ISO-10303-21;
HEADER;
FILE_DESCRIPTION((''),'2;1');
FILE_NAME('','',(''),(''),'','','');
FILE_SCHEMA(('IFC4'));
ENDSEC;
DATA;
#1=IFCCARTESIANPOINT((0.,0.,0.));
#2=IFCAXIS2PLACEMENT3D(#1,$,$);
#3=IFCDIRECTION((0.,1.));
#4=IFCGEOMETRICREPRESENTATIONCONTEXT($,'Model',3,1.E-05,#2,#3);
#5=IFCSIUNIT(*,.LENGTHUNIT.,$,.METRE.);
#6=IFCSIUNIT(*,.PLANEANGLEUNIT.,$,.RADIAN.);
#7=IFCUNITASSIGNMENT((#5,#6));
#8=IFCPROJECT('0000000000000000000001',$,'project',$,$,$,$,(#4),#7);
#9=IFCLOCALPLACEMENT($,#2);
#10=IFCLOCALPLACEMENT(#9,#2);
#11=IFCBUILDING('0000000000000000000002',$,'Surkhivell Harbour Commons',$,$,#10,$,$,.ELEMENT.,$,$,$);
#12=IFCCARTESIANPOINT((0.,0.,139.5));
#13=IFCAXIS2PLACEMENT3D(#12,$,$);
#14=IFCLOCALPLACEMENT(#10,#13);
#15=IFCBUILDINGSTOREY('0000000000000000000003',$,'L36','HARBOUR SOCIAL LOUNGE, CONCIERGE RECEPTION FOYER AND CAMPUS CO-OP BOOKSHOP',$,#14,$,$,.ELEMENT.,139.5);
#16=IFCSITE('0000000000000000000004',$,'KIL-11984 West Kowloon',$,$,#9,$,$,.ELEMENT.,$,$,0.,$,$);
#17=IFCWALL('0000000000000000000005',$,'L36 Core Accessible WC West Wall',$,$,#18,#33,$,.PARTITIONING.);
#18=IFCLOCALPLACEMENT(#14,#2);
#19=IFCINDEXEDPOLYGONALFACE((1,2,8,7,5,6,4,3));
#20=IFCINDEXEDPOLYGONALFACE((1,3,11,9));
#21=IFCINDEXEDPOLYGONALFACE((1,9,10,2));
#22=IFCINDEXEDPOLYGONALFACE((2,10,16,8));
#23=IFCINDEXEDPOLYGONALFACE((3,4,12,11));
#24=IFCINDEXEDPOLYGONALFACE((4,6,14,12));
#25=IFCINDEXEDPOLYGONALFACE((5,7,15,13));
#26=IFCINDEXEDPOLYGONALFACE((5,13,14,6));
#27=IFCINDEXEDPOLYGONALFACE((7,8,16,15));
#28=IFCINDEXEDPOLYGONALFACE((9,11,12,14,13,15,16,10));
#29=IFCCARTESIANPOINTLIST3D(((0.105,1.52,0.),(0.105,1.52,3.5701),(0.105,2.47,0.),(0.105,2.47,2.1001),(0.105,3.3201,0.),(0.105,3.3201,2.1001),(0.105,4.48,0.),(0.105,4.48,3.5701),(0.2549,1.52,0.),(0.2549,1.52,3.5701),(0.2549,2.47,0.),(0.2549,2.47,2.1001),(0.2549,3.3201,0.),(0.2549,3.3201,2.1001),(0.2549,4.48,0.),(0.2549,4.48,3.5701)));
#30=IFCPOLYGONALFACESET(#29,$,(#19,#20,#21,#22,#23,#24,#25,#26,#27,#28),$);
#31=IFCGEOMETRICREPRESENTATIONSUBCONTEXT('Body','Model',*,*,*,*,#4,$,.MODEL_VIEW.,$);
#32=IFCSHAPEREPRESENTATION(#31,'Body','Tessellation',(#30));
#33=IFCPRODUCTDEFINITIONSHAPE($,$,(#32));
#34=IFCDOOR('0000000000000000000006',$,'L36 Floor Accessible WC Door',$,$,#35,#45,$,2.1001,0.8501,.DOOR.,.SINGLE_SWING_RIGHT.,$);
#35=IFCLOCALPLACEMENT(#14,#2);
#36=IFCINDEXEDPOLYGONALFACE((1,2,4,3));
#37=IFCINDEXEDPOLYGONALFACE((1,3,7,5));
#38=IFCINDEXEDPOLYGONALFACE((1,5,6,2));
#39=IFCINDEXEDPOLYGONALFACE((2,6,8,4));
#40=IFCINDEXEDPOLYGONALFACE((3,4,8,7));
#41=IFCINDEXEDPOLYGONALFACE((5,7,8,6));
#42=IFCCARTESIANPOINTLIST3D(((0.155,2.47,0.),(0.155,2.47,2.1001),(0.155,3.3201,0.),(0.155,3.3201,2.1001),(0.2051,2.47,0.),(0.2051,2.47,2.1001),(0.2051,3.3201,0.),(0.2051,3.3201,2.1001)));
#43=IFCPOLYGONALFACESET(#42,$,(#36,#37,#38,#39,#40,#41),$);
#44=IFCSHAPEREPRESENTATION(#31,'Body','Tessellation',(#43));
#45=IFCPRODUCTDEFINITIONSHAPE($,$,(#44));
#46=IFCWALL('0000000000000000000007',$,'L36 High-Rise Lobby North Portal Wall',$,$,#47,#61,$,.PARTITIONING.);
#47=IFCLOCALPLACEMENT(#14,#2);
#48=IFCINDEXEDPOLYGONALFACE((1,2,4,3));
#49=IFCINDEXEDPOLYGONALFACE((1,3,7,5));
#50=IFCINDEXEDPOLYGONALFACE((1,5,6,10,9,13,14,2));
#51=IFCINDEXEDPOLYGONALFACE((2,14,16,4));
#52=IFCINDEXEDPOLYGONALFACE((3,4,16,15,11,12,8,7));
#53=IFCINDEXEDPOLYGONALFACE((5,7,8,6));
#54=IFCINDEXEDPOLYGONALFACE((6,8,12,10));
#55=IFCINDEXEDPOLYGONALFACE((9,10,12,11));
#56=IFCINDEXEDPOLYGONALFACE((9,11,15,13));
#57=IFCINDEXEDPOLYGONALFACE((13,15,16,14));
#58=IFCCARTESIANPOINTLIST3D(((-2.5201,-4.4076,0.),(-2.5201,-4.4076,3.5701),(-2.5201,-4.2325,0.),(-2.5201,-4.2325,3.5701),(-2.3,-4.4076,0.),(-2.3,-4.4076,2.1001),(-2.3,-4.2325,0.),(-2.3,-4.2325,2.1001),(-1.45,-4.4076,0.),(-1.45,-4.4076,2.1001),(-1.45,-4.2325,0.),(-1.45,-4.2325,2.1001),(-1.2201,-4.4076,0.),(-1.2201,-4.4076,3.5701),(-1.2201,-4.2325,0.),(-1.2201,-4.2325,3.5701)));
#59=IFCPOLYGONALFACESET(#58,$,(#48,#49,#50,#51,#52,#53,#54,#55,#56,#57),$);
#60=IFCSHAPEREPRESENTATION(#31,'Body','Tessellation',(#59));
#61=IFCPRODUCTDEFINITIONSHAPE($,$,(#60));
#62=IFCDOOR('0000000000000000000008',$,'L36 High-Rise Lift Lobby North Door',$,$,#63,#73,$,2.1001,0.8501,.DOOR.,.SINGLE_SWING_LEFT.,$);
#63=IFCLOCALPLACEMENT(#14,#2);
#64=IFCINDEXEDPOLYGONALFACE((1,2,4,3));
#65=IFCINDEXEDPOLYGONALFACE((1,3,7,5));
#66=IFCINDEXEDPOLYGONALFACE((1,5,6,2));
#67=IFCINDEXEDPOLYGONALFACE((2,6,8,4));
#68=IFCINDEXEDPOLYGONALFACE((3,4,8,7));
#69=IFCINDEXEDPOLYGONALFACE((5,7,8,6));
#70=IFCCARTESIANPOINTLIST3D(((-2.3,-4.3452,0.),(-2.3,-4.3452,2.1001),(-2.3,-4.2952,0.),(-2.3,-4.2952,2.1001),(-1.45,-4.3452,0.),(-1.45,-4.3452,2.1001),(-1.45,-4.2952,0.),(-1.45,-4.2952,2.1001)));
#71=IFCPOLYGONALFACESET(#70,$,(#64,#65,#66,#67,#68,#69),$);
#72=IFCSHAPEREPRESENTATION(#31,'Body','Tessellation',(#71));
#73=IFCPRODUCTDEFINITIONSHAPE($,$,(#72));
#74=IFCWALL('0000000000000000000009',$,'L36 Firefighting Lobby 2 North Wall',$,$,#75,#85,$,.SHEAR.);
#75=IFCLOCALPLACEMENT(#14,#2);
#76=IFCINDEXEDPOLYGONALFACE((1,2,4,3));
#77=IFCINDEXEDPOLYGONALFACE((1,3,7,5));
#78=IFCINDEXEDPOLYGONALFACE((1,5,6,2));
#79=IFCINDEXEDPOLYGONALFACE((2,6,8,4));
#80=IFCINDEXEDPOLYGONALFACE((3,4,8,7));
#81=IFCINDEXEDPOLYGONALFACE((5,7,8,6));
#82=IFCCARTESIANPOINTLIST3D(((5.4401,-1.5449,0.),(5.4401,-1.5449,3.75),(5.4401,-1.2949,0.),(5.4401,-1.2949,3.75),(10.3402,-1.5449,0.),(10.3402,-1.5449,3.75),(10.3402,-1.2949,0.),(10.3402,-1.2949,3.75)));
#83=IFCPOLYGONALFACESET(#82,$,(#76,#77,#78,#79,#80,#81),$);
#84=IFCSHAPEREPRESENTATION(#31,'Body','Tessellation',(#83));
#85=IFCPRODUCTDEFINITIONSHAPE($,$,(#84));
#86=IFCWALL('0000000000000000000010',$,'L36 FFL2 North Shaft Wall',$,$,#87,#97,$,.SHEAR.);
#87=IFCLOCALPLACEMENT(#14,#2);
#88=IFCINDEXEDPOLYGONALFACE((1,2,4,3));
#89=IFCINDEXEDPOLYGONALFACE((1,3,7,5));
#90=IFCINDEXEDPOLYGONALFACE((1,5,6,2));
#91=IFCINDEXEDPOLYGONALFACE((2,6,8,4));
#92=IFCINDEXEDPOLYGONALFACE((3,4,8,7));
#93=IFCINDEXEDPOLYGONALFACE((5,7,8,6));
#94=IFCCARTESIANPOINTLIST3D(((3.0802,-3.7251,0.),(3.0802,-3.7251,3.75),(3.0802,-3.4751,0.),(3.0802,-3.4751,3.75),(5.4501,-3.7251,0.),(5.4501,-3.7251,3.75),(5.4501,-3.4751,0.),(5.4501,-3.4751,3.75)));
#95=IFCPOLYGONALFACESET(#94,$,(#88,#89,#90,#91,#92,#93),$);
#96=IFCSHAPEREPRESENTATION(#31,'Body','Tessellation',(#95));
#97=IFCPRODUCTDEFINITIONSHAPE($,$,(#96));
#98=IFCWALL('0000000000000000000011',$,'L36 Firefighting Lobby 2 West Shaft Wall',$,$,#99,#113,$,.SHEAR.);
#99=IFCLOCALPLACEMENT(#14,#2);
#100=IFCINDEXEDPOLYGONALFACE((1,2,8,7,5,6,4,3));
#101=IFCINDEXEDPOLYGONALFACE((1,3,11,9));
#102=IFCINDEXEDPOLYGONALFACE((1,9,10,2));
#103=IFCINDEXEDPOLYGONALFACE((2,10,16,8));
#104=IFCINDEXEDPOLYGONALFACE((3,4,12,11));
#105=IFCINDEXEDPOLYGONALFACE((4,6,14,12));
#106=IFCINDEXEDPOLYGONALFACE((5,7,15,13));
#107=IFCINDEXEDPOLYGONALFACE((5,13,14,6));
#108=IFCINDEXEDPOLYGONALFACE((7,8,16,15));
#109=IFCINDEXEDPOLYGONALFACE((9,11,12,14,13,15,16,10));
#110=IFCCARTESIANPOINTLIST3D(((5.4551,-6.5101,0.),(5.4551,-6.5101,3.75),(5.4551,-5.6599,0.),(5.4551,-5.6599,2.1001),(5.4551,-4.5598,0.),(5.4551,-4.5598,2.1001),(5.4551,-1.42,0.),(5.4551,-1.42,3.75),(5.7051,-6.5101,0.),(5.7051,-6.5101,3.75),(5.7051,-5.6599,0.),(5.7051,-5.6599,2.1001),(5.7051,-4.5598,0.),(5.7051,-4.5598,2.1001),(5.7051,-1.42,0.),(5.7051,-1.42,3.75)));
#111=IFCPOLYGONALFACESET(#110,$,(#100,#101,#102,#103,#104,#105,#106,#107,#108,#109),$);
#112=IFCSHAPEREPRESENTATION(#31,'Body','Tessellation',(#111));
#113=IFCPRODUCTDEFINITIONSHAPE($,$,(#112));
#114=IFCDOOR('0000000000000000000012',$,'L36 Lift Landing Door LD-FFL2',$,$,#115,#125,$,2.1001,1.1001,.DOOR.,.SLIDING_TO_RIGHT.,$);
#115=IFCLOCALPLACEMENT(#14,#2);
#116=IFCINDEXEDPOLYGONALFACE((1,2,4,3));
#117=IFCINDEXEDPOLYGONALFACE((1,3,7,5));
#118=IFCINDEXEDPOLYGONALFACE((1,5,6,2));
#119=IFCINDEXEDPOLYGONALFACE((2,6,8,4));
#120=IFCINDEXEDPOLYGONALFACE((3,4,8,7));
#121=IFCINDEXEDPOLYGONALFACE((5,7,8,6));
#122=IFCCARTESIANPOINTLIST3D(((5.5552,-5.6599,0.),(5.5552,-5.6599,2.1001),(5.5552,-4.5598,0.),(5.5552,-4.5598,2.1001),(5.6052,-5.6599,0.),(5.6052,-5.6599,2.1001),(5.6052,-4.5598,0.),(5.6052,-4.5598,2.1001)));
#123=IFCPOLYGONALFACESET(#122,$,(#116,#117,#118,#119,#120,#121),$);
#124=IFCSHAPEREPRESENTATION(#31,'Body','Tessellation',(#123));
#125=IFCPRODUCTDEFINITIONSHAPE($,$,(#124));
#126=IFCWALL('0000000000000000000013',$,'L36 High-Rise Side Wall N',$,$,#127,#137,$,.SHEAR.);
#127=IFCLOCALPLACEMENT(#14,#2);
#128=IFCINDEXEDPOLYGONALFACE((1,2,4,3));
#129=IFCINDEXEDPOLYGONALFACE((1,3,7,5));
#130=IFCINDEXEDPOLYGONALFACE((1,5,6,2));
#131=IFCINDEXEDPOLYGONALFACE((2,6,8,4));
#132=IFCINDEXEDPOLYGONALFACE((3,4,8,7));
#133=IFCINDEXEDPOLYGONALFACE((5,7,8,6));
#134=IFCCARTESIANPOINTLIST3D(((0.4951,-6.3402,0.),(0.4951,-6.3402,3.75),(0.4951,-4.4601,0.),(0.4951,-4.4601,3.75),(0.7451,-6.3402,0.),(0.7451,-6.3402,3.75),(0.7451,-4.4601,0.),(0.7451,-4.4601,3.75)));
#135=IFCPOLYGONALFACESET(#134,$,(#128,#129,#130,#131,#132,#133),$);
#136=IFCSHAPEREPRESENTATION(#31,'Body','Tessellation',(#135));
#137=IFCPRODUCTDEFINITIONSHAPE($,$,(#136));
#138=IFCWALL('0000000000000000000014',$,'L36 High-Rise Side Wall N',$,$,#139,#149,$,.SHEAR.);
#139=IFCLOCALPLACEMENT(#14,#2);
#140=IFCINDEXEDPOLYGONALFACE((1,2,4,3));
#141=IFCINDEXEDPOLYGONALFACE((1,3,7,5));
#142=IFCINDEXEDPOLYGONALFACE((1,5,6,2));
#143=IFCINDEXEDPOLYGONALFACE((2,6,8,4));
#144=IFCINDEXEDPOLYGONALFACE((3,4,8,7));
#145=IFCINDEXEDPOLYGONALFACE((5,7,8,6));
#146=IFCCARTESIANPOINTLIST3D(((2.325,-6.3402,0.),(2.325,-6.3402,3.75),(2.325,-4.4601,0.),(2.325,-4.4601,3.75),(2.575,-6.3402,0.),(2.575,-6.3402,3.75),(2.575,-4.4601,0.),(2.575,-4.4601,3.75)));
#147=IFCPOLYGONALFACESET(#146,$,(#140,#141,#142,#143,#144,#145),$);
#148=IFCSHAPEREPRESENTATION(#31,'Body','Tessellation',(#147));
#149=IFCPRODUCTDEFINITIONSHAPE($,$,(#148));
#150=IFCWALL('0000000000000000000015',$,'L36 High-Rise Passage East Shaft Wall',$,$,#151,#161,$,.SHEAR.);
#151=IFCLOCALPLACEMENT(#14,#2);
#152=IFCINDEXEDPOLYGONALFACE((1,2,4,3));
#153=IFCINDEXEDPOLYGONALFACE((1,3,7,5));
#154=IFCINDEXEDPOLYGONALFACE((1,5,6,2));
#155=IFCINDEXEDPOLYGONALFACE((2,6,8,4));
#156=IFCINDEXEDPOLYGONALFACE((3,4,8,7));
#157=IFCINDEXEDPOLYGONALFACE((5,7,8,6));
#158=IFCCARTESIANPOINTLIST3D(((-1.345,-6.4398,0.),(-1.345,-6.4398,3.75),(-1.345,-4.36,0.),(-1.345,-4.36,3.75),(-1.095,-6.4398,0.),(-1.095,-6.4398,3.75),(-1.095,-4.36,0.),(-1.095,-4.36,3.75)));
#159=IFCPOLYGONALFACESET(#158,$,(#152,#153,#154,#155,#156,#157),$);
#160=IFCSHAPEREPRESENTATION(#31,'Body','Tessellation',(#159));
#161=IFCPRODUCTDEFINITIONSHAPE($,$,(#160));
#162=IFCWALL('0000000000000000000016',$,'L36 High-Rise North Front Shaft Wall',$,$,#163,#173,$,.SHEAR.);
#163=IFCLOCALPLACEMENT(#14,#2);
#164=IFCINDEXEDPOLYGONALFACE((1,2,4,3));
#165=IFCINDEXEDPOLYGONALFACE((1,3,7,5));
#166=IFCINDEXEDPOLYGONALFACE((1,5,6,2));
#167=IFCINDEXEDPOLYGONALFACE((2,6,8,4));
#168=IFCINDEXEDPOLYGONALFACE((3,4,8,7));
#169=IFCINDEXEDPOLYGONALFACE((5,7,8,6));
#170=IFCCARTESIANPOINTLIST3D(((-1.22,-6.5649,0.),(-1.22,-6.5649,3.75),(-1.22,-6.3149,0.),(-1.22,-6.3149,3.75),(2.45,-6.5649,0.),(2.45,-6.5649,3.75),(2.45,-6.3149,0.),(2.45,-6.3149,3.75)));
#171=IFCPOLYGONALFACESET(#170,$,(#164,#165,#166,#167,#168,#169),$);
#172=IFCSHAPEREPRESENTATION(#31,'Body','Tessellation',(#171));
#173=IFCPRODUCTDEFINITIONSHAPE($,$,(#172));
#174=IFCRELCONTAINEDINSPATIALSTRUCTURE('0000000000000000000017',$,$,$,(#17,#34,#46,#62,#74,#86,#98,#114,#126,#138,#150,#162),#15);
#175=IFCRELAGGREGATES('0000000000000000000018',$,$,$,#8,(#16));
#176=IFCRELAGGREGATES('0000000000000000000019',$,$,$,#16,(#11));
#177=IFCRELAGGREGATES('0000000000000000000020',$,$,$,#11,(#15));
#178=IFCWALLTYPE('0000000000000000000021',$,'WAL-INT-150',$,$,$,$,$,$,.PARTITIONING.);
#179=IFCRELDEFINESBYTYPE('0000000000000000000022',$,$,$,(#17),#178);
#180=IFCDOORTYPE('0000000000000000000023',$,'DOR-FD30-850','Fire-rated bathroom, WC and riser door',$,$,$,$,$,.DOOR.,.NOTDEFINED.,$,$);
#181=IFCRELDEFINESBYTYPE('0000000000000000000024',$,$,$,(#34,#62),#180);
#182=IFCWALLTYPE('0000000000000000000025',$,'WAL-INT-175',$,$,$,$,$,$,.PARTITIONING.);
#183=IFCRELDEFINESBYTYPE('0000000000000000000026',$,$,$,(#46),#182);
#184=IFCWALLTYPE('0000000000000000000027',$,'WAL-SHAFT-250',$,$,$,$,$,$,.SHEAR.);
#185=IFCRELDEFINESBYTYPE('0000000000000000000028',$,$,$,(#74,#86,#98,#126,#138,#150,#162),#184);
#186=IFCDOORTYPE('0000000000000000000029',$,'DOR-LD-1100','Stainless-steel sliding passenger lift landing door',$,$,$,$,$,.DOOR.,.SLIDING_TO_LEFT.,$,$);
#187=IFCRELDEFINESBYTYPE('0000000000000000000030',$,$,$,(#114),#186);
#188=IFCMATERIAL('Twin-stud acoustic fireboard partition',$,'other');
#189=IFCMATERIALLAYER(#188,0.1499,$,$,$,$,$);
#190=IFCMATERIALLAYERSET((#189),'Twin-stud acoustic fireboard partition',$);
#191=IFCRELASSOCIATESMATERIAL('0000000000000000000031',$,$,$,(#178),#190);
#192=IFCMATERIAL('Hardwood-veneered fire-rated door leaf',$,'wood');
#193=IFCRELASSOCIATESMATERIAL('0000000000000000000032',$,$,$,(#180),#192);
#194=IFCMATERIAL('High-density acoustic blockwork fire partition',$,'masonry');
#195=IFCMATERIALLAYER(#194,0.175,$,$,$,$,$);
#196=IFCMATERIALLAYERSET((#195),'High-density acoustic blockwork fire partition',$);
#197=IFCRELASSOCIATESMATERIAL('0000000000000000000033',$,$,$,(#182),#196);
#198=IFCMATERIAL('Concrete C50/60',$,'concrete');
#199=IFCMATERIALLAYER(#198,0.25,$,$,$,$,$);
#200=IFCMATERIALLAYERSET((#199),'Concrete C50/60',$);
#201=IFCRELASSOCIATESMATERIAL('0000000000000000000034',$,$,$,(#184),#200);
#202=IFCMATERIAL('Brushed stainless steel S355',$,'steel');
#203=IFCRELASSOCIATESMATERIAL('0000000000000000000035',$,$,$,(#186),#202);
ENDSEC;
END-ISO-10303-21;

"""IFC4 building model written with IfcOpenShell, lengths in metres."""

from ifc_helpers import new_model, si_unit, direction, frame, frame_2d, origin, place, context, subcontext, project, spatial, rectangle, extrude, material, layer, layer_set, type_object, element, fill, save


model = new_model("IFC4")

# Units and contexts
model_context = context("Model", 3, precision=1e-05, world=origin(), true_north=direction((0.0, 1.0)))
body_context = subcontext(model_context, "Body", "Model", "MODEL_VIEW")
ifc_project = project(units=[si_unit("LENGTHUNIT", "METRE"), si_unit("PLANEANGLEUNIT", "RADIAN")], contexts=[model_context])

# Site, building, storey
site_placement = place(None, origin())
site = spatial("IfcSite", under=ifc_project, at=site_placement, Name="KIL-11984 West Kowloon", CompositionType="ELEMENT", RefElevation=0.0)
building_placement = place(site_placement, origin())
building = spatial("IfcBuilding", under=site, at=building_placement, Name="Surkhivell Harbour Commons", CompositionType="ELEMENT")
storey_placement = place(building_placement, frame((0.0, 0.0, 139.5)))
storey = spatial("IfcBuildingStorey", under=building, at=storey_placement, Name="L36", Description="HARBOUR SOCIAL LOUNGE, CONCIERGE RECEPTION FOYER AND CAMPUS CO-OP BOOKSHOP", CompositionType="ELEMENT", Elevation=139.5)

# Shared definitions
ifc_material_1 = material(Name="Twin-stud acoustic fireboard partition", Category="other")
ifc_layer_1 = layer(ifc_material_1, 0.1499)
ifc_layer_set_1 = layer_set([ifc_layer_1], Name="Twin-stud acoustic fireboard partition")
wall_type_1 = type_object("IfcWallType", Name="WAL-INT-150", PredefinedType="PARTITIONING", material=ifc_layer_set_1)

# Walls, openings, doors
wall_1_placement = place(storey_placement, frame((0.1799, 1.52, 0.0), z_axis=(0.0, 0.0, 1.0), x_axis=(0.0, 1.0, 0.0)))
wall_1 = element("IfcWall", 1, at=wall_1_placement, inside=storey, type_object=wall_type_1, Name="L36 Core Accessible WC West Wall", PredefinedType="PARTITIONING", context=body_context, shape_type="SweptSolid", body=[
    extrude(rectangle(XDim=2.96, YDim=0.1499, at=frame_2d((1.48, 0.0))), origin(), (0.0, 0.0, 1.0), 3.5701),
])
opening_1_placement = place(wall_1_placement, frame((0.95, 0.0, 0.0)))
opening_1 = element("IfcOpeningElement", 2, at=opening_1_placement, cuts=wall_1, PredefinedType="OPENING", context=body_context, shape_type="SweptSolid", body=[
    extrude(rectangle(XDim=0.8501, YDim=2.1001, at=frame_2d((0.425, 1.05))), frame((0.0, 0.085, 0.0), z_axis=(0.0, -1.0, 0.0), x_axis=(1.0, 0.0, 0.0)), (0.0, 0.0, 1.0), 0.1699),
])
ifc_material_2 = material(Name="Hardwood-veneered fire-rated door leaf", Category="wood")
door_type_1 = type_object("IfcDoorType", Name="DOR-FD30-850", Description="Fire-rated bathroom, WC and riser door", OperationType="NOTDEFINED", PredefinedType="DOOR", material=ifc_material_2)
door_1_placement = place(opening_1_placement, origin())
door_1 = element("IfcDoor", 3, at=door_1_placement, inside=storey, type_object=door_type_1, Name="L36 Floor Accessible WC Door", OperationType="SINGLE_SWING_RIGHT", OverallHeight=2.1001, OverallWidth=0.8501, PredefinedType="DOOR", context=body_context, shape_type="SweptSolid", body=[
    extrude(rectangle(XDim=0.8501, YDim=2.1001, at=frame_2d((0.425, 1.05))), frame((0.0, 0.0249, 0.0), z_axis=(0.0, -1.0, 0.0), x_axis=(1.0, 0.0, 0.0)), (0.0, 0.0, 1.0), 0.05),
])
fill(opening_1, door_1)
ifc_material_3 = material(Name="High-density acoustic blockwork fire partition", Category="masonry")
ifc_layer_2 = layer(ifc_material_3, 0.175)
ifc_layer_set_2 = layer_set([ifc_layer_2], Name="High-density acoustic blockwork fire partition")
wall_type_2 = type_object("IfcWallType", Name="WAL-INT-175", PredefinedType="PARTITIONING", material=ifc_layer_set_2)
wall_2_placement = place(storey_placement, frame((-2.52, -4.3201, 0.0), z_axis=(0.0, 0.0, 1.0), x_axis=(1.0, 0.0, 0.0)))
wall_2 = element("IfcWall", 4, at=wall_2_placement, inside=storey, type_object=wall_type_2, Name="L36 High-Rise Lobby North Portal Wall", PredefinedType="PARTITIONING", context=body_context, shape_type="SweptSolid", body=[
    extrude(rectangle(XDim=1.3, YDim=0.175, at=frame_2d((0.6499, 0.0))), origin(), (0.0, 0.0, 1.0), 3.5701),
])
opening_2_placement = place(wall_2_placement, frame((0.22, 0.0, 0.0)))
opening_2 = element("IfcOpeningElement", 5, at=opening_2_placement, cuts=wall_2, PredefinedType="OPENING", context=body_context, shape_type="SweptSolid", body=[
    extrude(rectangle(XDim=0.8501, YDim=2.1001, at=frame_2d((0.425, 1.05))), frame((0.0, 0.0974, 0.0), z_axis=(0.0, -1.0, 0.0), x_axis=(1.0, 0.0, 0.0)), (0.0, 0.0, 1.0), 0.1951),
])
door_2_placement = place(opening_2_placement, origin())
door_2 = element("IfcDoor", 6, at=door_2_placement, inside=storey, type_object=door_type_1, Name="L36 High-Rise Lift Lobby North Door", OperationType="SINGLE_SWING_LEFT", OverallHeight=2.1001, OverallWidth=0.8501, PredefinedType="DOOR", context=body_context, shape_type="SweptSolid", body=[
    extrude(rectangle(XDim=0.8501, YDim=2.1001, at=frame_2d((0.425, 1.05))), frame((0.0, 0.0249, 0.0), z_axis=(0.0, -1.0, 0.0), x_axis=(1.0, 0.0, 0.0)), (0.0, 0.0, 1.0), 0.05),
])
fill(opening_2, door_2)

# Walls
ifc_material_4 = material(Name="Concrete C50/60", Category="concrete")
ifc_layer_3 = layer(ifc_material_4, 0.25)
ifc_layer_set_3 = layer_set([ifc_layer_3], Name="Concrete C50/60")
wall_type_3 = type_object("IfcWallType", Name="WAL-SHAFT-250", PredefinedType="SHEAR", material=ifc_layer_set_3)
wall_3_placement = place(storey_placement, frame((5.4399, -1.4199, 0.0), z_axis=(0.0, 0.0, 1.0), x_axis=(1.0, 0.0, 0.0)))
element("IfcWall", 7, at=wall_3_placement, inside=storey, type_object=wall_type_3, Name="L36 Firefighting Lobby 2 North Wall", PredefinedType="SHEAR", context=body_context, shape_type="SweptSolid", body=[
    extrude(rectangle(XDim=4.9001, YDim=0.25, at=frame_2d((2.4502, 0.0))), origin(), (0.0, 0.0, 1.0), 3.75),
])
wall_4_placement = place(storey_placement, frame((3.0801, -3.6001, 0.0), z_axis=(0.0, 0.0, 1.0), x_axis=(1.0, 0.0, 0.0)))
element("IfcWall", 8, at=wall_4_placement, inside=storey, type_object=wall_type_3, Name="L36 FFL2 North Shaft Wall", PredefinedType="SHEAR", context=body_context, shape_type="SweptSolid", body=[
    extrude(rectangle(XDim=2.3699, YDim=0.25, at=frame_2d((1.1851, 0.0))), origin(), (0.0, 0.0, 1.0), 3.75),
])

# Wall, opening, door
wall_5_placement = place(storey_placement, frame((5.5801, -6.51, 0.0), z_axis=(0.0, 0.0, 1.0), x_axis=(0.0, 1.0, 0.0)))
wall_5 = element("IfcWall", 9, at=wall_5_placement, inside=storey, type_object=wall_type_3, Name="L36 Firefighting Lobby 2 West Shaft Wall", PredefinedType="SHEAR", context=body_context, shape_type="SweptSolid", body=[
    extrude(rectangle(XDim=5.0901, YDim=0.25, at=frame_2d((2.5449, 0.0))), origin(), (0.0, 0.0, 1.0), 3.75),
])
opening_3_placement = place(wall_5_placement, frame((0.8501, 0.0, 0.0)))
opening_3 = element("IfcOpeningElement", 10, at=opening_3_placement, cuts=wall_5, PredefinedType="OPENING", context=body_context, shape_type="SweptSolid", body=[
    extrude(rectangle(XDim=1.1001, YDim=2.1001, at=frame_2d((0.55, 1.05))), frame((0.0, 0.135, 0.0), z_axis=(0.0, -1.0, 0.0), x_axis=(1.0, 0.0, 0.0)), (0.0, 0.0, 1.0), 0.27),
])
ifc_material_5 = material(Name="Brushed stainless steel S355", Category="steel")
door_type_2 = type_object("IfcDoorType", Name="DOR-LD-1100", Description="Stainless-steel sliding passenger lift landing door", OperationType="SLIDING_TO_LEFT", PredefinedType="DOOR", material=ifc_material_5)
door_3_placement = place(opening_3_placement, origin())
door_3 = element("IfcDoor", 11, at=door_3_placement, inside=storey, type_object=door_type_2, Name="L36 Lift Landing Door LD-FFL2", OperationType="SLIDING_TO_RIGHT", OverallHeight=2.1001, OverallWidth=1.1001, PredefinedType="DOOR", context=body_context, shape_type="SweptSolid", body=[
    extrude(rectangle(XDim=1.1001, YDim=2.1001, at=frame_2d((0.55, 1.05))), frame((0.0, 0.0249, 0.0), z_axis=(0.0, -1.0, 0.0), x_axis=(1.0, 0.0, 0.0)), (0.0, 0.0, 1.0), 0.05),
])
fill(opening_3, door_3)

# Walls
for number, where, z_axis, x_axis, name in (
    (12, (0.6201, -6.3401, 0.0), (0.0, 0.0, 1.0), (0.0, 1.0, 0.0), "L36 High-Rise Side Wall N"),
    (13, (2.45, -6.3401, 0.0), (0.0, 0.0, 1.0), (0.0, 1.0, 0.0), "L36 High-Rise Side Wall N"),
):
    element("IfcWall", number, at=place(storey_placement, frame(where, z_axis=z_axis, x_axis=x_axis)), inside=storey, type_object=wall_type_3, Name=name, PredefinedType="SHEAR", context=body_context, shape_type="SweptSolid", body=[
        extrude(rectangle(XDim=1.8801, YDim=0.25, at=frame_2d((0.9399, 0.0))), origin(), (0.0, 0.0, 1.0), 3.75),
    ])
wall_6_placement = place(storey_placement, frame((-1.22, -6.4399, 0.0), z_axis=(0.0, 0.0, 1.0), x_axis=(0.0, 1.0, 0.0)))
element("IfcWall", 14, at=wall_6_placement, inside=storey, type_object=wall_type_3, Name="L36 High-Rise Passage East Shaft Wall", PredefinedType="SHEAR", context=body_context, shape_type="SweptSolid", body=[
    extrude(rectangle(XDim=2.0798, YDim=0.25, at=frame_2d((1.04, 0.0))), origin(), (0.0, 0.0, 1.0), 3.75),
])
wall_7_placement = place(storey_placement, frame((-1.22, -6.4399, 0.0), z_axis=(0.0, 0.0, 1.0), x_axis=(1.0, 0.0, 0.0)))
element("IfcWall", 15, at=wall_7_placement, inside=storey, type_object=wall_type_3, Name="L36 High-Rise North Front Shaft Wall", PredefinedType="SHEAR", context=body_context, shape_type="SweptSolid", body=[
    extrude(rectangle(XDim=3.6699, YDim=0.25, at=frame_2d((1.835, 0.0))), origin(), (0.0, 0.0, 1.0), 3.75),
])

save(model, "model.ifc")
